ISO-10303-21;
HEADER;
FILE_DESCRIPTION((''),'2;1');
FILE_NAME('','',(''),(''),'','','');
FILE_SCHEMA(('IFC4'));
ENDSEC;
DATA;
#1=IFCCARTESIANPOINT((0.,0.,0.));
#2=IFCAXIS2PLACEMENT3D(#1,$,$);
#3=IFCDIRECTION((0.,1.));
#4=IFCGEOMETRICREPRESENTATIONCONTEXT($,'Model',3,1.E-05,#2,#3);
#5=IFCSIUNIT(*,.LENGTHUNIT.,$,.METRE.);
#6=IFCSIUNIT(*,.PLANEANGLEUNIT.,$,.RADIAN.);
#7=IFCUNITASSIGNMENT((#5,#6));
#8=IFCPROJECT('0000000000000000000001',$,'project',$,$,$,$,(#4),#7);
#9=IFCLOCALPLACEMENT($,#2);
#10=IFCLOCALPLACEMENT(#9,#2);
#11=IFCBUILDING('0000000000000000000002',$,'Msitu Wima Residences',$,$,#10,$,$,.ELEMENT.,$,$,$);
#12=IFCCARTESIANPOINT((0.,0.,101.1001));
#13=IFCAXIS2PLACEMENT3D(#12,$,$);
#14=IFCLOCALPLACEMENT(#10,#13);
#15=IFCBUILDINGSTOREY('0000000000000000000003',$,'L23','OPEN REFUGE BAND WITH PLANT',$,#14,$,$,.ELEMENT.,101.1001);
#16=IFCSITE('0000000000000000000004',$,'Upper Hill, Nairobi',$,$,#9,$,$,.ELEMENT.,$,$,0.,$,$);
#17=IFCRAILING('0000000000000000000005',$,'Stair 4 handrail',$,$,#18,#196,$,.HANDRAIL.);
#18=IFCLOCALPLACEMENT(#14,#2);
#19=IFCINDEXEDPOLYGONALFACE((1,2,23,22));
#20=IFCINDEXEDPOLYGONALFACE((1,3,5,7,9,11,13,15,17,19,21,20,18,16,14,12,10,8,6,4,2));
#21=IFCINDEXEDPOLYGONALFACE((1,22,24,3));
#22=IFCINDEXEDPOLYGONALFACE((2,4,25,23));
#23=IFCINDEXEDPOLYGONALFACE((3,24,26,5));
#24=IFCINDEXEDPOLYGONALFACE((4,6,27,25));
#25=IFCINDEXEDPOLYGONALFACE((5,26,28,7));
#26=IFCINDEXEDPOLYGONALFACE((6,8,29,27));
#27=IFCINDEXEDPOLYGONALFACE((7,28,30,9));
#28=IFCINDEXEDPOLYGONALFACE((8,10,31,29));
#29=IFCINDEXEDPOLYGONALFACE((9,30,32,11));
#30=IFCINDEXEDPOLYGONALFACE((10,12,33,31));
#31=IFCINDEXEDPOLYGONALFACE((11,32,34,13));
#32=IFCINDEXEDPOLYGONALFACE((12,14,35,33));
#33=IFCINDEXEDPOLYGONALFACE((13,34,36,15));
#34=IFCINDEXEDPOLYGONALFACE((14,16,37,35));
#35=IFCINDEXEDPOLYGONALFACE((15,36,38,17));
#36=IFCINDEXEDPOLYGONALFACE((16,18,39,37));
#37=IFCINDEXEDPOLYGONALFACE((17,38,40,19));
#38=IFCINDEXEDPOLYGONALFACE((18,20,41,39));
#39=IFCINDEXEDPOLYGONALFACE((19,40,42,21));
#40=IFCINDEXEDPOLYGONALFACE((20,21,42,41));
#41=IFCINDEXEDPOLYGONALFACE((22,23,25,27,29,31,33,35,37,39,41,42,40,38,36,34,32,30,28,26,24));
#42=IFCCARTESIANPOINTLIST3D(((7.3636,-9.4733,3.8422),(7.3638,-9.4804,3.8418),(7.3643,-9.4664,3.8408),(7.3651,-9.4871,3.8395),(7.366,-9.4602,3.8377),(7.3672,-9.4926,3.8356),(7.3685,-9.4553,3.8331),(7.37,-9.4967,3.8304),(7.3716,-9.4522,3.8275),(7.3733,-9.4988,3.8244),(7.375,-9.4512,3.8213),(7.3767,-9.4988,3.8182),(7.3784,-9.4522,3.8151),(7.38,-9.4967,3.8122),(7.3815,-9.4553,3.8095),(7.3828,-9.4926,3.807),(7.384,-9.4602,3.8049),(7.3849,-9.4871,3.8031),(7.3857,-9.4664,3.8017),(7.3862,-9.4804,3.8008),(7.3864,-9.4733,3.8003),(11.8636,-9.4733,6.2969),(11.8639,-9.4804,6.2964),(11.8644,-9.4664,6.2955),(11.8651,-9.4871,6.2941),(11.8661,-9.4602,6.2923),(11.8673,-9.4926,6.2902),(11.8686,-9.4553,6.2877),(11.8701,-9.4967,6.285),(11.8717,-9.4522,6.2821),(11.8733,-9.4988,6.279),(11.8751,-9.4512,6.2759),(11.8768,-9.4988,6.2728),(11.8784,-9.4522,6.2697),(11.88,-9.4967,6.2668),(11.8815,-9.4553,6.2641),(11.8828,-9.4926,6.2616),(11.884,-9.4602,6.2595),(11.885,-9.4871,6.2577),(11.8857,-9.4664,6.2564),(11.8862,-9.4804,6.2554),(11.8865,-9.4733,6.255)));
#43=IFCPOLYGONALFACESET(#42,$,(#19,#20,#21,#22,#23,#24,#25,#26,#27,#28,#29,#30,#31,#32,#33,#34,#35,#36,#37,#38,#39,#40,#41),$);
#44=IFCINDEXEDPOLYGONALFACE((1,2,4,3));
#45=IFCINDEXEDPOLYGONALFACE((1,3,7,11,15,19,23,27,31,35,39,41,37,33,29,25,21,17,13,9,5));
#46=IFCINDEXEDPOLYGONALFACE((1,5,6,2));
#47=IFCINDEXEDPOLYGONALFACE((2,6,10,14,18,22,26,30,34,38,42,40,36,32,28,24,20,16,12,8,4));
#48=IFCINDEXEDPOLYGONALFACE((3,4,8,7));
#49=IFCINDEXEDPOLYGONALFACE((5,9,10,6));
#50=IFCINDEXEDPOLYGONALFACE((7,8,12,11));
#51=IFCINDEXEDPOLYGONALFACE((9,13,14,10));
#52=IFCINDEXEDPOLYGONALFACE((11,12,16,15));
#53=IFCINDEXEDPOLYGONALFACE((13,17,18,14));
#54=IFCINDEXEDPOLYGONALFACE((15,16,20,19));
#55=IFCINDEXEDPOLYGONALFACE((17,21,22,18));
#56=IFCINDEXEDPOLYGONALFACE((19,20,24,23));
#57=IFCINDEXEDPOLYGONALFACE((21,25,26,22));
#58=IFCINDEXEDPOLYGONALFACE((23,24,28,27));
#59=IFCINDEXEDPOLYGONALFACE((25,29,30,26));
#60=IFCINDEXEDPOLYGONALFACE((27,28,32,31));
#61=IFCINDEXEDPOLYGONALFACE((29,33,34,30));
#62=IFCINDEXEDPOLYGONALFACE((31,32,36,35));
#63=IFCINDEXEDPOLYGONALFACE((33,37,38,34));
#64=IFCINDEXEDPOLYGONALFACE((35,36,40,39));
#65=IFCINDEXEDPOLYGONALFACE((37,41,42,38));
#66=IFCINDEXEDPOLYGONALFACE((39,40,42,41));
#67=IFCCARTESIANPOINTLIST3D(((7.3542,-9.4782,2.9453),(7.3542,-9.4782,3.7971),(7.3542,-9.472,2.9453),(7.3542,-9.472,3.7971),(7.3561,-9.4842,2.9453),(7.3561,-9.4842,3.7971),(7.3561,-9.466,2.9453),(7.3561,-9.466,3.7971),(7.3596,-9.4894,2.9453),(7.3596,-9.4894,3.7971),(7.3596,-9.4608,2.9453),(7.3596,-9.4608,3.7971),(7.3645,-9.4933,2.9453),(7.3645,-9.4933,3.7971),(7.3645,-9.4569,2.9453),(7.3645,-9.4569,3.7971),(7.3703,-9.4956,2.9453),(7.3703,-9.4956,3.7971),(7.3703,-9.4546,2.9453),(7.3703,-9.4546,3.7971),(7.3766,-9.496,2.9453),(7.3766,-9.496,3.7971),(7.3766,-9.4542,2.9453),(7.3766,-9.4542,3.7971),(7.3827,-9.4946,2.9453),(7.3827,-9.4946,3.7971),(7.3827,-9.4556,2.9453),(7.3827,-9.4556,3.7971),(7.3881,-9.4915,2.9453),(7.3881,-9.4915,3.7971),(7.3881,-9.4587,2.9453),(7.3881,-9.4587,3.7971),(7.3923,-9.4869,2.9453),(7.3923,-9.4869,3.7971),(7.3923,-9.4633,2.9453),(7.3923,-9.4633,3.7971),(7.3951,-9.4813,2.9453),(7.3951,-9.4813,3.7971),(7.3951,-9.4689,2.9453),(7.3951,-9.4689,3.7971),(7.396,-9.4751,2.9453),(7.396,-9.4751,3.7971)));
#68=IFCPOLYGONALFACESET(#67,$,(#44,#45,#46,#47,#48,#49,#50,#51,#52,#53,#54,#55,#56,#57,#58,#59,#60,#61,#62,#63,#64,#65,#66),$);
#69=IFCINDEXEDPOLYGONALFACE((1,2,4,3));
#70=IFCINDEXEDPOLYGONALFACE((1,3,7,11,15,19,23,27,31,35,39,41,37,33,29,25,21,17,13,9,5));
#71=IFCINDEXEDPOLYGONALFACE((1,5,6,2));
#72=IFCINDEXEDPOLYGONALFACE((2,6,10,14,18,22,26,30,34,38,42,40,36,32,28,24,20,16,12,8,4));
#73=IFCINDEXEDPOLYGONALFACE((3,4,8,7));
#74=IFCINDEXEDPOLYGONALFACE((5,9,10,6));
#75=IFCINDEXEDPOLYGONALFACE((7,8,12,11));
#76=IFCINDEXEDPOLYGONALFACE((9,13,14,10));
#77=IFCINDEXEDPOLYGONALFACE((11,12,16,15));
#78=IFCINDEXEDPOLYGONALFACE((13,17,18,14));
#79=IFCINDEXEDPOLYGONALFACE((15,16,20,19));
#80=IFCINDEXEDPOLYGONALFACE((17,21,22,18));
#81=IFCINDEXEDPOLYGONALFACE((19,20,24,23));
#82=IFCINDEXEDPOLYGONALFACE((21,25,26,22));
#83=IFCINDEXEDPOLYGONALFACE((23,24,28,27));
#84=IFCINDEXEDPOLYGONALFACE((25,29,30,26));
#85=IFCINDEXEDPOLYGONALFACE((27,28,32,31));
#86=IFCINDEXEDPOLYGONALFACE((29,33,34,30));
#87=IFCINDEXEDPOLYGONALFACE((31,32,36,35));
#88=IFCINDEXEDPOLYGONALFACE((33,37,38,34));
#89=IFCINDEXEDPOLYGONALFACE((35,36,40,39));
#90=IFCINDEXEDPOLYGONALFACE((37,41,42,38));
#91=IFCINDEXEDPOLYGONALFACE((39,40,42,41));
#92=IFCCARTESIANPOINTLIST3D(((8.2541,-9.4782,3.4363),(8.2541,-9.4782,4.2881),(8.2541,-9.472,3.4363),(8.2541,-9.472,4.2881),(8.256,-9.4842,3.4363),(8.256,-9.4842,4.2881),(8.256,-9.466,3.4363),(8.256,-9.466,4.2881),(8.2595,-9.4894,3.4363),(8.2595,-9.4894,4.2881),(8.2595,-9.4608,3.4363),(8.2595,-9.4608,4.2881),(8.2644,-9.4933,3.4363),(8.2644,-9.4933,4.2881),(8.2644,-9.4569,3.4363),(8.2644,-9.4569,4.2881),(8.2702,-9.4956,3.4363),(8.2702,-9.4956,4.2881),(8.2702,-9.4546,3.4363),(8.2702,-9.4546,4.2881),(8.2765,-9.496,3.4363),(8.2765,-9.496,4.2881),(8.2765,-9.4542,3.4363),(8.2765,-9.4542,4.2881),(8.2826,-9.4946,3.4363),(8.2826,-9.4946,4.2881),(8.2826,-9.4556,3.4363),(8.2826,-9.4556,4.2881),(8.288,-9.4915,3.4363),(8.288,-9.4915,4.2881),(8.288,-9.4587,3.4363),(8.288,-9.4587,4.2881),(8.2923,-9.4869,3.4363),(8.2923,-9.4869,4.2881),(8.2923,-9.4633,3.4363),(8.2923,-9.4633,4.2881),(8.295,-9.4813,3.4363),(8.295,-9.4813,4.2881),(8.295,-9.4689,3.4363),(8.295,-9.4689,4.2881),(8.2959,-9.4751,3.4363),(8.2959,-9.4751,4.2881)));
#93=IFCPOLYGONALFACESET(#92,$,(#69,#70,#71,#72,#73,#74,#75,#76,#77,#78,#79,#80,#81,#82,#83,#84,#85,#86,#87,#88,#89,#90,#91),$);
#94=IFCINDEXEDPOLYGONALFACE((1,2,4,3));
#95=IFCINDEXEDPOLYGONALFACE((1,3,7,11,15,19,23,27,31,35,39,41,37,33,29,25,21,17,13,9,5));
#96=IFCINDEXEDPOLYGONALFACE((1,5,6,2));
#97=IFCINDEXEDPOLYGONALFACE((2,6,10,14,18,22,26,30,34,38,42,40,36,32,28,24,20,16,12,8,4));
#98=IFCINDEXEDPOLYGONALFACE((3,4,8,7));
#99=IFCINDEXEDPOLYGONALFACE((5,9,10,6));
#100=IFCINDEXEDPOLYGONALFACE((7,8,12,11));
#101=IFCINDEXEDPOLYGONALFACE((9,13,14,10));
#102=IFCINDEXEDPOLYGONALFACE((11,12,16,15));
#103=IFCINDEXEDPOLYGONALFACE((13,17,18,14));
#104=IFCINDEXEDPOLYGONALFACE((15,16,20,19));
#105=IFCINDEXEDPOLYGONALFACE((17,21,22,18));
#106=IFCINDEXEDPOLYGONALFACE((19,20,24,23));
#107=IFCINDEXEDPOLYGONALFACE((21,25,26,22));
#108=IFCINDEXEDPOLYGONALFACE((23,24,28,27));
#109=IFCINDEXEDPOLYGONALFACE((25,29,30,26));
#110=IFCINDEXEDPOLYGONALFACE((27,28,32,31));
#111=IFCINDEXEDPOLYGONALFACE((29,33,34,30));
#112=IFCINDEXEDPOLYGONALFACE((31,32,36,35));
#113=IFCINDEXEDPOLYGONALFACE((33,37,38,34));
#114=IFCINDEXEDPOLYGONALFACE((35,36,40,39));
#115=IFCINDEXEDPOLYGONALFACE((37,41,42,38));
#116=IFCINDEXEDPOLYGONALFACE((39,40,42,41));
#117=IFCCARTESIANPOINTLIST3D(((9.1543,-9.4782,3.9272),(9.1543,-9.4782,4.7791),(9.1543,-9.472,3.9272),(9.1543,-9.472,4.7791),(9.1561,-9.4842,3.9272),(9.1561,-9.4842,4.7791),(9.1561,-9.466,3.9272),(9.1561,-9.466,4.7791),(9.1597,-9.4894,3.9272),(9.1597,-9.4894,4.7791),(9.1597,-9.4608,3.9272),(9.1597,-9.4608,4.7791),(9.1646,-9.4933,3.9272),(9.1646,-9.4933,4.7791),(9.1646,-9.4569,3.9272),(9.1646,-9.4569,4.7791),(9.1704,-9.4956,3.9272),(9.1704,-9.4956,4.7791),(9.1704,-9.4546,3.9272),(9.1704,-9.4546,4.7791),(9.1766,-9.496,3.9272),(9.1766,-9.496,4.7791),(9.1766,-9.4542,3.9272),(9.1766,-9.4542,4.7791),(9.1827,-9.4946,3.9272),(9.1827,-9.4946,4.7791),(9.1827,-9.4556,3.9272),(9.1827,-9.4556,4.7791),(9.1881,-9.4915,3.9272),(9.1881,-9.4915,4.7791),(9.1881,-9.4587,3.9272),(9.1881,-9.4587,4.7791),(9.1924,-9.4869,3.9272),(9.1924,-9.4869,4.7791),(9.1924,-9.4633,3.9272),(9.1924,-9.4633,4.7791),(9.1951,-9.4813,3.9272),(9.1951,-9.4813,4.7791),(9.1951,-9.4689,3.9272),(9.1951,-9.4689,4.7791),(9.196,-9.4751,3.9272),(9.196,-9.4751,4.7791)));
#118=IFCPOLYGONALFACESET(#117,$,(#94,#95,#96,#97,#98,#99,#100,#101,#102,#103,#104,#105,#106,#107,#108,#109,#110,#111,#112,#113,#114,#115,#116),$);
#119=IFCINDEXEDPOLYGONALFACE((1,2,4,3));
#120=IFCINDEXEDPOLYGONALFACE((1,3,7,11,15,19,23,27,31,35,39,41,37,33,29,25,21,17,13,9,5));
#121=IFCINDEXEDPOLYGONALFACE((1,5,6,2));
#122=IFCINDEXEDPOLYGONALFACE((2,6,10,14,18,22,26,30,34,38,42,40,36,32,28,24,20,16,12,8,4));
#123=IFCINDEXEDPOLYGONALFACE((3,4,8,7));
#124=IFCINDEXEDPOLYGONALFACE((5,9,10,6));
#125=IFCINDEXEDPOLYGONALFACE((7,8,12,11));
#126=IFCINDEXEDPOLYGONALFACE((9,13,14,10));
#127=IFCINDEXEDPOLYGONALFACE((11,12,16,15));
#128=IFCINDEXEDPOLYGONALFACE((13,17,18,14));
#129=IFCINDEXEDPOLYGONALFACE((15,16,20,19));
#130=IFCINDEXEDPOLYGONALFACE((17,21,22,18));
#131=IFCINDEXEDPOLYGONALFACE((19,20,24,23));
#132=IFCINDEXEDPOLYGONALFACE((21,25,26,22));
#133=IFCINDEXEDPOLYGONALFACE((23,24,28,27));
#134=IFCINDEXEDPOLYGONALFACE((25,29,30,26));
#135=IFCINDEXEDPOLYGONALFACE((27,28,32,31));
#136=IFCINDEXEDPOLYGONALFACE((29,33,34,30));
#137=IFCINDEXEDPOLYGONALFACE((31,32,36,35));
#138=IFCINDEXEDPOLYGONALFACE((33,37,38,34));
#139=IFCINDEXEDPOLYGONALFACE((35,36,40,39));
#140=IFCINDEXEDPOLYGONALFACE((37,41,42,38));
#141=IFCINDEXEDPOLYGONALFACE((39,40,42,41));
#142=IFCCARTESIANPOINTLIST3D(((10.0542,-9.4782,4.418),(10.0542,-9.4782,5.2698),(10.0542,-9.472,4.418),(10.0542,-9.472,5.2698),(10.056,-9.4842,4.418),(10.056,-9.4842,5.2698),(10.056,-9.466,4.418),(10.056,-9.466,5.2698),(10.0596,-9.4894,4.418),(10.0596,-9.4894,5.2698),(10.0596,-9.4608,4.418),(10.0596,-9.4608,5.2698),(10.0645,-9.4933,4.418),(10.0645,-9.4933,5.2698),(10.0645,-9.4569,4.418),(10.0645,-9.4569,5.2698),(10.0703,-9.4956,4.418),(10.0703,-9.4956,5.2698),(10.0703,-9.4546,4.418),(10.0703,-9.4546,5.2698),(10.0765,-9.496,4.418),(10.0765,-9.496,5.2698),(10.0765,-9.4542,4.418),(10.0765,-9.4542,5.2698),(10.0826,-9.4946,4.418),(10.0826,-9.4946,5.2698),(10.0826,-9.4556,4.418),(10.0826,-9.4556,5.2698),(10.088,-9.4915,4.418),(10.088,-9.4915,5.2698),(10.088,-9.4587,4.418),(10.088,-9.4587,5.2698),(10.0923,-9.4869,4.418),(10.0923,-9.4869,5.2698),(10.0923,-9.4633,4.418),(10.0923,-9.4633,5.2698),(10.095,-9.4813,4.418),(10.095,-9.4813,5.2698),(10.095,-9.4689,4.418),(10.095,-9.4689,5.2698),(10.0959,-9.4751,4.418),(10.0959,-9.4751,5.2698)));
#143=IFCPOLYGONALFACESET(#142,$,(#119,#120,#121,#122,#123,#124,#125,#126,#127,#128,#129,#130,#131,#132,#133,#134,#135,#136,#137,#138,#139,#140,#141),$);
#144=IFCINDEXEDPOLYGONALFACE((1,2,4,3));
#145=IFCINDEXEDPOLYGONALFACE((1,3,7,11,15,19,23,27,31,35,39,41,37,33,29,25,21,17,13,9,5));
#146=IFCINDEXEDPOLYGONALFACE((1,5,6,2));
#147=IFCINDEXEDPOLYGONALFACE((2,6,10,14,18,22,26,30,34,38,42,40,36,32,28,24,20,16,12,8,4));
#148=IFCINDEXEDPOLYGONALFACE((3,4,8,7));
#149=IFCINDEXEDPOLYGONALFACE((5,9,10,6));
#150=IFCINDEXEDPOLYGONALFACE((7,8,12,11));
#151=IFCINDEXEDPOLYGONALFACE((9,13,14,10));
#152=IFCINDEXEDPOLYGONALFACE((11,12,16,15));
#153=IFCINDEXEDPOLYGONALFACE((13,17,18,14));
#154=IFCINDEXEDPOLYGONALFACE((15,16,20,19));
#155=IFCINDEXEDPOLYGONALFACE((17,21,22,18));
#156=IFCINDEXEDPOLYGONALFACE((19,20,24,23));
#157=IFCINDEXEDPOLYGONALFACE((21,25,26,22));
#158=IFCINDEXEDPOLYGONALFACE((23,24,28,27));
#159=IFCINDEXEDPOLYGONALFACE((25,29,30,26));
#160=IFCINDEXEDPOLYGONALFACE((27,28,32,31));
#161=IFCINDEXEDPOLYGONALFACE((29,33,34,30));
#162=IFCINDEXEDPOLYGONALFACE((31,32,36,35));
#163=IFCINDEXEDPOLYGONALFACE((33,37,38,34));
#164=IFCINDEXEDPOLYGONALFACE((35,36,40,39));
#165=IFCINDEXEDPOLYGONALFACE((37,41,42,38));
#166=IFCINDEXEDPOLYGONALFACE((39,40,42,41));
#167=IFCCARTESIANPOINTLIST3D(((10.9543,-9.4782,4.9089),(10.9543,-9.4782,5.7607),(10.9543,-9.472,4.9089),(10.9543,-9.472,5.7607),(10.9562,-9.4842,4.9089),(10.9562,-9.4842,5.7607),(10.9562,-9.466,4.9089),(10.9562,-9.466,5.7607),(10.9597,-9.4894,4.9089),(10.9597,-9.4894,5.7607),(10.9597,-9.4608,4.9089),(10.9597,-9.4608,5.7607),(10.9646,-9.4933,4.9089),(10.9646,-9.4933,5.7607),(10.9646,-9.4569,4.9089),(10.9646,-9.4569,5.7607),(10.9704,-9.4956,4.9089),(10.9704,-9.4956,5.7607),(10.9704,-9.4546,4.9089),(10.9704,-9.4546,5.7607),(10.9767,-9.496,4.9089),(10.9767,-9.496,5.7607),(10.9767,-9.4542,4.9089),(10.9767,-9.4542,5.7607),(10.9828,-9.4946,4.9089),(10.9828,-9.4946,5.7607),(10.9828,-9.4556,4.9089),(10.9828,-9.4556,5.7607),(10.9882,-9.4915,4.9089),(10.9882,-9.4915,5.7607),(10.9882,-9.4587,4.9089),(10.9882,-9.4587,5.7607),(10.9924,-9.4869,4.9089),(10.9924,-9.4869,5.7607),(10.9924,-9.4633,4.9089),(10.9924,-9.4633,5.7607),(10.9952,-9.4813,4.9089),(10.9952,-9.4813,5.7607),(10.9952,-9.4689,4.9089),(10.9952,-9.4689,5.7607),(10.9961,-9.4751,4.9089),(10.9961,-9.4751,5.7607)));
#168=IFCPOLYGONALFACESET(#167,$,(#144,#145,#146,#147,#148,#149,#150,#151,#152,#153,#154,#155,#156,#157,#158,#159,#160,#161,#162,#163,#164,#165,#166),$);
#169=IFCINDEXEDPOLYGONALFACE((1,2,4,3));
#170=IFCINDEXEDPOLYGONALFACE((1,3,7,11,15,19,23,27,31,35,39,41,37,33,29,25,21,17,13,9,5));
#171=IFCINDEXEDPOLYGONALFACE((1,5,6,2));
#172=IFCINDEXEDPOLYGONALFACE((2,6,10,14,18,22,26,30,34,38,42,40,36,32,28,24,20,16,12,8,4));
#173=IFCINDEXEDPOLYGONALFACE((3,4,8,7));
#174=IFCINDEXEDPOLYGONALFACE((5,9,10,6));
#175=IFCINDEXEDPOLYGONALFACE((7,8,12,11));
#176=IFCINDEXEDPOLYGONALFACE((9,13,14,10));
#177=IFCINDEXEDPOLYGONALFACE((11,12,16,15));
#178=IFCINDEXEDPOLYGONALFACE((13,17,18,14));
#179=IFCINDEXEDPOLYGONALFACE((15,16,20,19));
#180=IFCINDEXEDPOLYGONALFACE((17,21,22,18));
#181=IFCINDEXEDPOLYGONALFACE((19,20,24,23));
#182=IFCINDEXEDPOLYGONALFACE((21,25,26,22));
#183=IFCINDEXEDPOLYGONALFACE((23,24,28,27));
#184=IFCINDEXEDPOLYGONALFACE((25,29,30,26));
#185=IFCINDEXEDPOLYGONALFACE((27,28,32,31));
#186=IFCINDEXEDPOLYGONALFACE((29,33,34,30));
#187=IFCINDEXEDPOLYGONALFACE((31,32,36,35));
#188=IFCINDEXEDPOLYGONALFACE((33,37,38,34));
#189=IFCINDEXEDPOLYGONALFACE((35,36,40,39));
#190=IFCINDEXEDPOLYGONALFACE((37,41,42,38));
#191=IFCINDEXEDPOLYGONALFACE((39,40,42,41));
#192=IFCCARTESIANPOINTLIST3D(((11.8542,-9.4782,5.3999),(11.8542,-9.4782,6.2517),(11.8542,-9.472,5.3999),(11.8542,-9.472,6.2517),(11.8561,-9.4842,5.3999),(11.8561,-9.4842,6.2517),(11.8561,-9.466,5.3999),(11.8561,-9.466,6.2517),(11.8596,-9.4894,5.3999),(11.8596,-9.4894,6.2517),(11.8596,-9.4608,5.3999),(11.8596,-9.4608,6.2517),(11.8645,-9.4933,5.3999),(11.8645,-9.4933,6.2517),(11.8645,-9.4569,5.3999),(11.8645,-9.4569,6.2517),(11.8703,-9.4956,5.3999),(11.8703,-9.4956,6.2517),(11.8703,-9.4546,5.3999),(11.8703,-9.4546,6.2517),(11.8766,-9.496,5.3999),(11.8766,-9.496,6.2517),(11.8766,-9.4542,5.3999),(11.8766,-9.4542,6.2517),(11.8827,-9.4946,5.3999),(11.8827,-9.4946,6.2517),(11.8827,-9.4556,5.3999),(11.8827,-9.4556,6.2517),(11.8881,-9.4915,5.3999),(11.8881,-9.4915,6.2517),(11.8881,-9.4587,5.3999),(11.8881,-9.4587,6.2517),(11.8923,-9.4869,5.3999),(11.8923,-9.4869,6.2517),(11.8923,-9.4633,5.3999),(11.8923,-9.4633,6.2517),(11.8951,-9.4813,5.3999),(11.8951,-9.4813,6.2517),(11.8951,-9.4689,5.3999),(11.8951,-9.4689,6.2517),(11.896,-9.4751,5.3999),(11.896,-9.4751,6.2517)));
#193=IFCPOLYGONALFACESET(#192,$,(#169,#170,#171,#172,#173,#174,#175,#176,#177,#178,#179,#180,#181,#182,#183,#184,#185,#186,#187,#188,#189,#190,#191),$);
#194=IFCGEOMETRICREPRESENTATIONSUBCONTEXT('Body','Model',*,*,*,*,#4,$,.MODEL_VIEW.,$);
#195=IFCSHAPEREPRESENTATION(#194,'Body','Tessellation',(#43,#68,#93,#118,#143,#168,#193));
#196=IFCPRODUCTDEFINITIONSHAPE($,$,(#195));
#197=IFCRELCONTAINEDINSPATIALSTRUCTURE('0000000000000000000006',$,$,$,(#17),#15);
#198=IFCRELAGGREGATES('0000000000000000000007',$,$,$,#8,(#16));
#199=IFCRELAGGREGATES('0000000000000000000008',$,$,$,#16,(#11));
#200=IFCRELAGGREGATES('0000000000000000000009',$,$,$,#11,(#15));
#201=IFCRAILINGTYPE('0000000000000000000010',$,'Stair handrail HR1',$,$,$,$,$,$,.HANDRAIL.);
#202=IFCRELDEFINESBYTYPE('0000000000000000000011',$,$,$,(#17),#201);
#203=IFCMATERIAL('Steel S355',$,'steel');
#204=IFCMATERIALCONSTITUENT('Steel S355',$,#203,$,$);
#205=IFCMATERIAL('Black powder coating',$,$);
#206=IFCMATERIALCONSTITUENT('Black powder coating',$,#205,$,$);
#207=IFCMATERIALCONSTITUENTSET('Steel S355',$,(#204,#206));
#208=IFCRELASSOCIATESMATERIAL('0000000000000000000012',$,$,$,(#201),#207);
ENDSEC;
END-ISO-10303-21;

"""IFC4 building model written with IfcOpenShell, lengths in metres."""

from ifc_helpers import new_model, si_unit, direction, frame, origin, origin_2d, place, context, subcontext, project, spatial, circle, extrude, material, constituent, constituent_set, type_object, element, save


model = new_model("IFC4")

# Units and contexts
model_context = context("Model", 3, precision=1e-05, world=origin(), true_north=direction((0.0, 1.0)))
body_context = subcontext(model_context, "Body", "Model", "MODEL_VIEW")
ifc_project = project(units=[si_unit("LENGTHUNIT", "METRE"), si_unit("PLANEANGLEUNIT", "RADIAN")], contexts=[model_context])

# Site, building, storey
site_placement = place(None, origin())
site = spatial("IfcSite", under=ifc_project, at=site_placement, Name="Upper Hill, Nairobi", CompositionType="ELEMENT", RefElevation=0.0)
building_placement = place(site_placement, origin())
building = spatial("IfcBuilding", under=site, at=building_placement, Name="Msitu Wima Residences", CompositionType="ELEMENT")
storey_placement = place(building_placement, frame((0.0, 0.0, 101.1001)))
storey = spatial("IfcBuildingStorey", under=building, at=storey_placement, Name="L23", Description="OPEN REFUGE BAND WITH PLANT", CompositionType="ELEMENT", Elevation=101.1001)

# Railing
ifc_material_1 = material(Name="Steel S355", Category="steel")
ifc_constituent_1 = constituent(ifc_material_1, Name="Steel S355")
ifc_material_2 = material(Name="Black powder coating")
ifc_constituent_2 = constituent(ifc_material_2, Name="Black powder coating")
ifc_constituent_set_1 = constituent_set(constituents=[ifc_constituent_1, ifc_constituent_2], Name="Steel S355")
railing_type_1 = type_object("IfcRailingType", Name="Stair handrail HR1", PredefinedType="HANDRAIL", material=ifc_constituent_set_1)
for number, where, name in (
    (1, (7.375, -9.4751, 2.9453), "Stair 4 handrail"),
):
    element("IfcRailing", number, at=place(storey_placement, frame(where)), inside=storey, type_object=railing_type_1, Name=name, PredefinedType="HANDRAIL", context=body_context, shape_type="SweptSolid", body=[
        extrude(circle(Radius=0.0239, at=origin_2d()), frame((0.0, 0.0, 0.876), z_axis=(0.877892, 0.0, 0.478859), x_axis=(0.0, 1.0, 0.0)), (0.0, 0.0, 1.0), 5.126),
        extrude(circle(Radius=0.021, at=origin_2d()), origin(), (0.0, 0.0, 1.0), 0.8518),
        extrude(circle(Radius=0.021, at=origin_2d()), frame((0.8999, 0.0, 0.491)), (0.0, 0.0, 1.0), 0.8518),
        extrude(circle(Radius=0.021, at=origin_2d()), frame((1.8, 0.0, 0.9819)), (0.0, 0.0, 1.0), 0.8518),
        extrude(circle(Radius=0.021, at=origin_2d()), frame((2.7, 0.0, 1.4727)), (0.0, 0.0, 1.0), 0.8518),
        extrude(circle(Radius=0.021, at=origin_2d()), frame((3.6001, 0.0, 1.9636)), (0.0, 0.0, 1.0), 0.8518),
        extrude(circle(Radius=0.021, at=origin_2d()), frame((4.5, 0.0, 2.4546)), (0.0, 0.0, 1.0), 0.8518),
    ])

save(model, "model.ifc")
